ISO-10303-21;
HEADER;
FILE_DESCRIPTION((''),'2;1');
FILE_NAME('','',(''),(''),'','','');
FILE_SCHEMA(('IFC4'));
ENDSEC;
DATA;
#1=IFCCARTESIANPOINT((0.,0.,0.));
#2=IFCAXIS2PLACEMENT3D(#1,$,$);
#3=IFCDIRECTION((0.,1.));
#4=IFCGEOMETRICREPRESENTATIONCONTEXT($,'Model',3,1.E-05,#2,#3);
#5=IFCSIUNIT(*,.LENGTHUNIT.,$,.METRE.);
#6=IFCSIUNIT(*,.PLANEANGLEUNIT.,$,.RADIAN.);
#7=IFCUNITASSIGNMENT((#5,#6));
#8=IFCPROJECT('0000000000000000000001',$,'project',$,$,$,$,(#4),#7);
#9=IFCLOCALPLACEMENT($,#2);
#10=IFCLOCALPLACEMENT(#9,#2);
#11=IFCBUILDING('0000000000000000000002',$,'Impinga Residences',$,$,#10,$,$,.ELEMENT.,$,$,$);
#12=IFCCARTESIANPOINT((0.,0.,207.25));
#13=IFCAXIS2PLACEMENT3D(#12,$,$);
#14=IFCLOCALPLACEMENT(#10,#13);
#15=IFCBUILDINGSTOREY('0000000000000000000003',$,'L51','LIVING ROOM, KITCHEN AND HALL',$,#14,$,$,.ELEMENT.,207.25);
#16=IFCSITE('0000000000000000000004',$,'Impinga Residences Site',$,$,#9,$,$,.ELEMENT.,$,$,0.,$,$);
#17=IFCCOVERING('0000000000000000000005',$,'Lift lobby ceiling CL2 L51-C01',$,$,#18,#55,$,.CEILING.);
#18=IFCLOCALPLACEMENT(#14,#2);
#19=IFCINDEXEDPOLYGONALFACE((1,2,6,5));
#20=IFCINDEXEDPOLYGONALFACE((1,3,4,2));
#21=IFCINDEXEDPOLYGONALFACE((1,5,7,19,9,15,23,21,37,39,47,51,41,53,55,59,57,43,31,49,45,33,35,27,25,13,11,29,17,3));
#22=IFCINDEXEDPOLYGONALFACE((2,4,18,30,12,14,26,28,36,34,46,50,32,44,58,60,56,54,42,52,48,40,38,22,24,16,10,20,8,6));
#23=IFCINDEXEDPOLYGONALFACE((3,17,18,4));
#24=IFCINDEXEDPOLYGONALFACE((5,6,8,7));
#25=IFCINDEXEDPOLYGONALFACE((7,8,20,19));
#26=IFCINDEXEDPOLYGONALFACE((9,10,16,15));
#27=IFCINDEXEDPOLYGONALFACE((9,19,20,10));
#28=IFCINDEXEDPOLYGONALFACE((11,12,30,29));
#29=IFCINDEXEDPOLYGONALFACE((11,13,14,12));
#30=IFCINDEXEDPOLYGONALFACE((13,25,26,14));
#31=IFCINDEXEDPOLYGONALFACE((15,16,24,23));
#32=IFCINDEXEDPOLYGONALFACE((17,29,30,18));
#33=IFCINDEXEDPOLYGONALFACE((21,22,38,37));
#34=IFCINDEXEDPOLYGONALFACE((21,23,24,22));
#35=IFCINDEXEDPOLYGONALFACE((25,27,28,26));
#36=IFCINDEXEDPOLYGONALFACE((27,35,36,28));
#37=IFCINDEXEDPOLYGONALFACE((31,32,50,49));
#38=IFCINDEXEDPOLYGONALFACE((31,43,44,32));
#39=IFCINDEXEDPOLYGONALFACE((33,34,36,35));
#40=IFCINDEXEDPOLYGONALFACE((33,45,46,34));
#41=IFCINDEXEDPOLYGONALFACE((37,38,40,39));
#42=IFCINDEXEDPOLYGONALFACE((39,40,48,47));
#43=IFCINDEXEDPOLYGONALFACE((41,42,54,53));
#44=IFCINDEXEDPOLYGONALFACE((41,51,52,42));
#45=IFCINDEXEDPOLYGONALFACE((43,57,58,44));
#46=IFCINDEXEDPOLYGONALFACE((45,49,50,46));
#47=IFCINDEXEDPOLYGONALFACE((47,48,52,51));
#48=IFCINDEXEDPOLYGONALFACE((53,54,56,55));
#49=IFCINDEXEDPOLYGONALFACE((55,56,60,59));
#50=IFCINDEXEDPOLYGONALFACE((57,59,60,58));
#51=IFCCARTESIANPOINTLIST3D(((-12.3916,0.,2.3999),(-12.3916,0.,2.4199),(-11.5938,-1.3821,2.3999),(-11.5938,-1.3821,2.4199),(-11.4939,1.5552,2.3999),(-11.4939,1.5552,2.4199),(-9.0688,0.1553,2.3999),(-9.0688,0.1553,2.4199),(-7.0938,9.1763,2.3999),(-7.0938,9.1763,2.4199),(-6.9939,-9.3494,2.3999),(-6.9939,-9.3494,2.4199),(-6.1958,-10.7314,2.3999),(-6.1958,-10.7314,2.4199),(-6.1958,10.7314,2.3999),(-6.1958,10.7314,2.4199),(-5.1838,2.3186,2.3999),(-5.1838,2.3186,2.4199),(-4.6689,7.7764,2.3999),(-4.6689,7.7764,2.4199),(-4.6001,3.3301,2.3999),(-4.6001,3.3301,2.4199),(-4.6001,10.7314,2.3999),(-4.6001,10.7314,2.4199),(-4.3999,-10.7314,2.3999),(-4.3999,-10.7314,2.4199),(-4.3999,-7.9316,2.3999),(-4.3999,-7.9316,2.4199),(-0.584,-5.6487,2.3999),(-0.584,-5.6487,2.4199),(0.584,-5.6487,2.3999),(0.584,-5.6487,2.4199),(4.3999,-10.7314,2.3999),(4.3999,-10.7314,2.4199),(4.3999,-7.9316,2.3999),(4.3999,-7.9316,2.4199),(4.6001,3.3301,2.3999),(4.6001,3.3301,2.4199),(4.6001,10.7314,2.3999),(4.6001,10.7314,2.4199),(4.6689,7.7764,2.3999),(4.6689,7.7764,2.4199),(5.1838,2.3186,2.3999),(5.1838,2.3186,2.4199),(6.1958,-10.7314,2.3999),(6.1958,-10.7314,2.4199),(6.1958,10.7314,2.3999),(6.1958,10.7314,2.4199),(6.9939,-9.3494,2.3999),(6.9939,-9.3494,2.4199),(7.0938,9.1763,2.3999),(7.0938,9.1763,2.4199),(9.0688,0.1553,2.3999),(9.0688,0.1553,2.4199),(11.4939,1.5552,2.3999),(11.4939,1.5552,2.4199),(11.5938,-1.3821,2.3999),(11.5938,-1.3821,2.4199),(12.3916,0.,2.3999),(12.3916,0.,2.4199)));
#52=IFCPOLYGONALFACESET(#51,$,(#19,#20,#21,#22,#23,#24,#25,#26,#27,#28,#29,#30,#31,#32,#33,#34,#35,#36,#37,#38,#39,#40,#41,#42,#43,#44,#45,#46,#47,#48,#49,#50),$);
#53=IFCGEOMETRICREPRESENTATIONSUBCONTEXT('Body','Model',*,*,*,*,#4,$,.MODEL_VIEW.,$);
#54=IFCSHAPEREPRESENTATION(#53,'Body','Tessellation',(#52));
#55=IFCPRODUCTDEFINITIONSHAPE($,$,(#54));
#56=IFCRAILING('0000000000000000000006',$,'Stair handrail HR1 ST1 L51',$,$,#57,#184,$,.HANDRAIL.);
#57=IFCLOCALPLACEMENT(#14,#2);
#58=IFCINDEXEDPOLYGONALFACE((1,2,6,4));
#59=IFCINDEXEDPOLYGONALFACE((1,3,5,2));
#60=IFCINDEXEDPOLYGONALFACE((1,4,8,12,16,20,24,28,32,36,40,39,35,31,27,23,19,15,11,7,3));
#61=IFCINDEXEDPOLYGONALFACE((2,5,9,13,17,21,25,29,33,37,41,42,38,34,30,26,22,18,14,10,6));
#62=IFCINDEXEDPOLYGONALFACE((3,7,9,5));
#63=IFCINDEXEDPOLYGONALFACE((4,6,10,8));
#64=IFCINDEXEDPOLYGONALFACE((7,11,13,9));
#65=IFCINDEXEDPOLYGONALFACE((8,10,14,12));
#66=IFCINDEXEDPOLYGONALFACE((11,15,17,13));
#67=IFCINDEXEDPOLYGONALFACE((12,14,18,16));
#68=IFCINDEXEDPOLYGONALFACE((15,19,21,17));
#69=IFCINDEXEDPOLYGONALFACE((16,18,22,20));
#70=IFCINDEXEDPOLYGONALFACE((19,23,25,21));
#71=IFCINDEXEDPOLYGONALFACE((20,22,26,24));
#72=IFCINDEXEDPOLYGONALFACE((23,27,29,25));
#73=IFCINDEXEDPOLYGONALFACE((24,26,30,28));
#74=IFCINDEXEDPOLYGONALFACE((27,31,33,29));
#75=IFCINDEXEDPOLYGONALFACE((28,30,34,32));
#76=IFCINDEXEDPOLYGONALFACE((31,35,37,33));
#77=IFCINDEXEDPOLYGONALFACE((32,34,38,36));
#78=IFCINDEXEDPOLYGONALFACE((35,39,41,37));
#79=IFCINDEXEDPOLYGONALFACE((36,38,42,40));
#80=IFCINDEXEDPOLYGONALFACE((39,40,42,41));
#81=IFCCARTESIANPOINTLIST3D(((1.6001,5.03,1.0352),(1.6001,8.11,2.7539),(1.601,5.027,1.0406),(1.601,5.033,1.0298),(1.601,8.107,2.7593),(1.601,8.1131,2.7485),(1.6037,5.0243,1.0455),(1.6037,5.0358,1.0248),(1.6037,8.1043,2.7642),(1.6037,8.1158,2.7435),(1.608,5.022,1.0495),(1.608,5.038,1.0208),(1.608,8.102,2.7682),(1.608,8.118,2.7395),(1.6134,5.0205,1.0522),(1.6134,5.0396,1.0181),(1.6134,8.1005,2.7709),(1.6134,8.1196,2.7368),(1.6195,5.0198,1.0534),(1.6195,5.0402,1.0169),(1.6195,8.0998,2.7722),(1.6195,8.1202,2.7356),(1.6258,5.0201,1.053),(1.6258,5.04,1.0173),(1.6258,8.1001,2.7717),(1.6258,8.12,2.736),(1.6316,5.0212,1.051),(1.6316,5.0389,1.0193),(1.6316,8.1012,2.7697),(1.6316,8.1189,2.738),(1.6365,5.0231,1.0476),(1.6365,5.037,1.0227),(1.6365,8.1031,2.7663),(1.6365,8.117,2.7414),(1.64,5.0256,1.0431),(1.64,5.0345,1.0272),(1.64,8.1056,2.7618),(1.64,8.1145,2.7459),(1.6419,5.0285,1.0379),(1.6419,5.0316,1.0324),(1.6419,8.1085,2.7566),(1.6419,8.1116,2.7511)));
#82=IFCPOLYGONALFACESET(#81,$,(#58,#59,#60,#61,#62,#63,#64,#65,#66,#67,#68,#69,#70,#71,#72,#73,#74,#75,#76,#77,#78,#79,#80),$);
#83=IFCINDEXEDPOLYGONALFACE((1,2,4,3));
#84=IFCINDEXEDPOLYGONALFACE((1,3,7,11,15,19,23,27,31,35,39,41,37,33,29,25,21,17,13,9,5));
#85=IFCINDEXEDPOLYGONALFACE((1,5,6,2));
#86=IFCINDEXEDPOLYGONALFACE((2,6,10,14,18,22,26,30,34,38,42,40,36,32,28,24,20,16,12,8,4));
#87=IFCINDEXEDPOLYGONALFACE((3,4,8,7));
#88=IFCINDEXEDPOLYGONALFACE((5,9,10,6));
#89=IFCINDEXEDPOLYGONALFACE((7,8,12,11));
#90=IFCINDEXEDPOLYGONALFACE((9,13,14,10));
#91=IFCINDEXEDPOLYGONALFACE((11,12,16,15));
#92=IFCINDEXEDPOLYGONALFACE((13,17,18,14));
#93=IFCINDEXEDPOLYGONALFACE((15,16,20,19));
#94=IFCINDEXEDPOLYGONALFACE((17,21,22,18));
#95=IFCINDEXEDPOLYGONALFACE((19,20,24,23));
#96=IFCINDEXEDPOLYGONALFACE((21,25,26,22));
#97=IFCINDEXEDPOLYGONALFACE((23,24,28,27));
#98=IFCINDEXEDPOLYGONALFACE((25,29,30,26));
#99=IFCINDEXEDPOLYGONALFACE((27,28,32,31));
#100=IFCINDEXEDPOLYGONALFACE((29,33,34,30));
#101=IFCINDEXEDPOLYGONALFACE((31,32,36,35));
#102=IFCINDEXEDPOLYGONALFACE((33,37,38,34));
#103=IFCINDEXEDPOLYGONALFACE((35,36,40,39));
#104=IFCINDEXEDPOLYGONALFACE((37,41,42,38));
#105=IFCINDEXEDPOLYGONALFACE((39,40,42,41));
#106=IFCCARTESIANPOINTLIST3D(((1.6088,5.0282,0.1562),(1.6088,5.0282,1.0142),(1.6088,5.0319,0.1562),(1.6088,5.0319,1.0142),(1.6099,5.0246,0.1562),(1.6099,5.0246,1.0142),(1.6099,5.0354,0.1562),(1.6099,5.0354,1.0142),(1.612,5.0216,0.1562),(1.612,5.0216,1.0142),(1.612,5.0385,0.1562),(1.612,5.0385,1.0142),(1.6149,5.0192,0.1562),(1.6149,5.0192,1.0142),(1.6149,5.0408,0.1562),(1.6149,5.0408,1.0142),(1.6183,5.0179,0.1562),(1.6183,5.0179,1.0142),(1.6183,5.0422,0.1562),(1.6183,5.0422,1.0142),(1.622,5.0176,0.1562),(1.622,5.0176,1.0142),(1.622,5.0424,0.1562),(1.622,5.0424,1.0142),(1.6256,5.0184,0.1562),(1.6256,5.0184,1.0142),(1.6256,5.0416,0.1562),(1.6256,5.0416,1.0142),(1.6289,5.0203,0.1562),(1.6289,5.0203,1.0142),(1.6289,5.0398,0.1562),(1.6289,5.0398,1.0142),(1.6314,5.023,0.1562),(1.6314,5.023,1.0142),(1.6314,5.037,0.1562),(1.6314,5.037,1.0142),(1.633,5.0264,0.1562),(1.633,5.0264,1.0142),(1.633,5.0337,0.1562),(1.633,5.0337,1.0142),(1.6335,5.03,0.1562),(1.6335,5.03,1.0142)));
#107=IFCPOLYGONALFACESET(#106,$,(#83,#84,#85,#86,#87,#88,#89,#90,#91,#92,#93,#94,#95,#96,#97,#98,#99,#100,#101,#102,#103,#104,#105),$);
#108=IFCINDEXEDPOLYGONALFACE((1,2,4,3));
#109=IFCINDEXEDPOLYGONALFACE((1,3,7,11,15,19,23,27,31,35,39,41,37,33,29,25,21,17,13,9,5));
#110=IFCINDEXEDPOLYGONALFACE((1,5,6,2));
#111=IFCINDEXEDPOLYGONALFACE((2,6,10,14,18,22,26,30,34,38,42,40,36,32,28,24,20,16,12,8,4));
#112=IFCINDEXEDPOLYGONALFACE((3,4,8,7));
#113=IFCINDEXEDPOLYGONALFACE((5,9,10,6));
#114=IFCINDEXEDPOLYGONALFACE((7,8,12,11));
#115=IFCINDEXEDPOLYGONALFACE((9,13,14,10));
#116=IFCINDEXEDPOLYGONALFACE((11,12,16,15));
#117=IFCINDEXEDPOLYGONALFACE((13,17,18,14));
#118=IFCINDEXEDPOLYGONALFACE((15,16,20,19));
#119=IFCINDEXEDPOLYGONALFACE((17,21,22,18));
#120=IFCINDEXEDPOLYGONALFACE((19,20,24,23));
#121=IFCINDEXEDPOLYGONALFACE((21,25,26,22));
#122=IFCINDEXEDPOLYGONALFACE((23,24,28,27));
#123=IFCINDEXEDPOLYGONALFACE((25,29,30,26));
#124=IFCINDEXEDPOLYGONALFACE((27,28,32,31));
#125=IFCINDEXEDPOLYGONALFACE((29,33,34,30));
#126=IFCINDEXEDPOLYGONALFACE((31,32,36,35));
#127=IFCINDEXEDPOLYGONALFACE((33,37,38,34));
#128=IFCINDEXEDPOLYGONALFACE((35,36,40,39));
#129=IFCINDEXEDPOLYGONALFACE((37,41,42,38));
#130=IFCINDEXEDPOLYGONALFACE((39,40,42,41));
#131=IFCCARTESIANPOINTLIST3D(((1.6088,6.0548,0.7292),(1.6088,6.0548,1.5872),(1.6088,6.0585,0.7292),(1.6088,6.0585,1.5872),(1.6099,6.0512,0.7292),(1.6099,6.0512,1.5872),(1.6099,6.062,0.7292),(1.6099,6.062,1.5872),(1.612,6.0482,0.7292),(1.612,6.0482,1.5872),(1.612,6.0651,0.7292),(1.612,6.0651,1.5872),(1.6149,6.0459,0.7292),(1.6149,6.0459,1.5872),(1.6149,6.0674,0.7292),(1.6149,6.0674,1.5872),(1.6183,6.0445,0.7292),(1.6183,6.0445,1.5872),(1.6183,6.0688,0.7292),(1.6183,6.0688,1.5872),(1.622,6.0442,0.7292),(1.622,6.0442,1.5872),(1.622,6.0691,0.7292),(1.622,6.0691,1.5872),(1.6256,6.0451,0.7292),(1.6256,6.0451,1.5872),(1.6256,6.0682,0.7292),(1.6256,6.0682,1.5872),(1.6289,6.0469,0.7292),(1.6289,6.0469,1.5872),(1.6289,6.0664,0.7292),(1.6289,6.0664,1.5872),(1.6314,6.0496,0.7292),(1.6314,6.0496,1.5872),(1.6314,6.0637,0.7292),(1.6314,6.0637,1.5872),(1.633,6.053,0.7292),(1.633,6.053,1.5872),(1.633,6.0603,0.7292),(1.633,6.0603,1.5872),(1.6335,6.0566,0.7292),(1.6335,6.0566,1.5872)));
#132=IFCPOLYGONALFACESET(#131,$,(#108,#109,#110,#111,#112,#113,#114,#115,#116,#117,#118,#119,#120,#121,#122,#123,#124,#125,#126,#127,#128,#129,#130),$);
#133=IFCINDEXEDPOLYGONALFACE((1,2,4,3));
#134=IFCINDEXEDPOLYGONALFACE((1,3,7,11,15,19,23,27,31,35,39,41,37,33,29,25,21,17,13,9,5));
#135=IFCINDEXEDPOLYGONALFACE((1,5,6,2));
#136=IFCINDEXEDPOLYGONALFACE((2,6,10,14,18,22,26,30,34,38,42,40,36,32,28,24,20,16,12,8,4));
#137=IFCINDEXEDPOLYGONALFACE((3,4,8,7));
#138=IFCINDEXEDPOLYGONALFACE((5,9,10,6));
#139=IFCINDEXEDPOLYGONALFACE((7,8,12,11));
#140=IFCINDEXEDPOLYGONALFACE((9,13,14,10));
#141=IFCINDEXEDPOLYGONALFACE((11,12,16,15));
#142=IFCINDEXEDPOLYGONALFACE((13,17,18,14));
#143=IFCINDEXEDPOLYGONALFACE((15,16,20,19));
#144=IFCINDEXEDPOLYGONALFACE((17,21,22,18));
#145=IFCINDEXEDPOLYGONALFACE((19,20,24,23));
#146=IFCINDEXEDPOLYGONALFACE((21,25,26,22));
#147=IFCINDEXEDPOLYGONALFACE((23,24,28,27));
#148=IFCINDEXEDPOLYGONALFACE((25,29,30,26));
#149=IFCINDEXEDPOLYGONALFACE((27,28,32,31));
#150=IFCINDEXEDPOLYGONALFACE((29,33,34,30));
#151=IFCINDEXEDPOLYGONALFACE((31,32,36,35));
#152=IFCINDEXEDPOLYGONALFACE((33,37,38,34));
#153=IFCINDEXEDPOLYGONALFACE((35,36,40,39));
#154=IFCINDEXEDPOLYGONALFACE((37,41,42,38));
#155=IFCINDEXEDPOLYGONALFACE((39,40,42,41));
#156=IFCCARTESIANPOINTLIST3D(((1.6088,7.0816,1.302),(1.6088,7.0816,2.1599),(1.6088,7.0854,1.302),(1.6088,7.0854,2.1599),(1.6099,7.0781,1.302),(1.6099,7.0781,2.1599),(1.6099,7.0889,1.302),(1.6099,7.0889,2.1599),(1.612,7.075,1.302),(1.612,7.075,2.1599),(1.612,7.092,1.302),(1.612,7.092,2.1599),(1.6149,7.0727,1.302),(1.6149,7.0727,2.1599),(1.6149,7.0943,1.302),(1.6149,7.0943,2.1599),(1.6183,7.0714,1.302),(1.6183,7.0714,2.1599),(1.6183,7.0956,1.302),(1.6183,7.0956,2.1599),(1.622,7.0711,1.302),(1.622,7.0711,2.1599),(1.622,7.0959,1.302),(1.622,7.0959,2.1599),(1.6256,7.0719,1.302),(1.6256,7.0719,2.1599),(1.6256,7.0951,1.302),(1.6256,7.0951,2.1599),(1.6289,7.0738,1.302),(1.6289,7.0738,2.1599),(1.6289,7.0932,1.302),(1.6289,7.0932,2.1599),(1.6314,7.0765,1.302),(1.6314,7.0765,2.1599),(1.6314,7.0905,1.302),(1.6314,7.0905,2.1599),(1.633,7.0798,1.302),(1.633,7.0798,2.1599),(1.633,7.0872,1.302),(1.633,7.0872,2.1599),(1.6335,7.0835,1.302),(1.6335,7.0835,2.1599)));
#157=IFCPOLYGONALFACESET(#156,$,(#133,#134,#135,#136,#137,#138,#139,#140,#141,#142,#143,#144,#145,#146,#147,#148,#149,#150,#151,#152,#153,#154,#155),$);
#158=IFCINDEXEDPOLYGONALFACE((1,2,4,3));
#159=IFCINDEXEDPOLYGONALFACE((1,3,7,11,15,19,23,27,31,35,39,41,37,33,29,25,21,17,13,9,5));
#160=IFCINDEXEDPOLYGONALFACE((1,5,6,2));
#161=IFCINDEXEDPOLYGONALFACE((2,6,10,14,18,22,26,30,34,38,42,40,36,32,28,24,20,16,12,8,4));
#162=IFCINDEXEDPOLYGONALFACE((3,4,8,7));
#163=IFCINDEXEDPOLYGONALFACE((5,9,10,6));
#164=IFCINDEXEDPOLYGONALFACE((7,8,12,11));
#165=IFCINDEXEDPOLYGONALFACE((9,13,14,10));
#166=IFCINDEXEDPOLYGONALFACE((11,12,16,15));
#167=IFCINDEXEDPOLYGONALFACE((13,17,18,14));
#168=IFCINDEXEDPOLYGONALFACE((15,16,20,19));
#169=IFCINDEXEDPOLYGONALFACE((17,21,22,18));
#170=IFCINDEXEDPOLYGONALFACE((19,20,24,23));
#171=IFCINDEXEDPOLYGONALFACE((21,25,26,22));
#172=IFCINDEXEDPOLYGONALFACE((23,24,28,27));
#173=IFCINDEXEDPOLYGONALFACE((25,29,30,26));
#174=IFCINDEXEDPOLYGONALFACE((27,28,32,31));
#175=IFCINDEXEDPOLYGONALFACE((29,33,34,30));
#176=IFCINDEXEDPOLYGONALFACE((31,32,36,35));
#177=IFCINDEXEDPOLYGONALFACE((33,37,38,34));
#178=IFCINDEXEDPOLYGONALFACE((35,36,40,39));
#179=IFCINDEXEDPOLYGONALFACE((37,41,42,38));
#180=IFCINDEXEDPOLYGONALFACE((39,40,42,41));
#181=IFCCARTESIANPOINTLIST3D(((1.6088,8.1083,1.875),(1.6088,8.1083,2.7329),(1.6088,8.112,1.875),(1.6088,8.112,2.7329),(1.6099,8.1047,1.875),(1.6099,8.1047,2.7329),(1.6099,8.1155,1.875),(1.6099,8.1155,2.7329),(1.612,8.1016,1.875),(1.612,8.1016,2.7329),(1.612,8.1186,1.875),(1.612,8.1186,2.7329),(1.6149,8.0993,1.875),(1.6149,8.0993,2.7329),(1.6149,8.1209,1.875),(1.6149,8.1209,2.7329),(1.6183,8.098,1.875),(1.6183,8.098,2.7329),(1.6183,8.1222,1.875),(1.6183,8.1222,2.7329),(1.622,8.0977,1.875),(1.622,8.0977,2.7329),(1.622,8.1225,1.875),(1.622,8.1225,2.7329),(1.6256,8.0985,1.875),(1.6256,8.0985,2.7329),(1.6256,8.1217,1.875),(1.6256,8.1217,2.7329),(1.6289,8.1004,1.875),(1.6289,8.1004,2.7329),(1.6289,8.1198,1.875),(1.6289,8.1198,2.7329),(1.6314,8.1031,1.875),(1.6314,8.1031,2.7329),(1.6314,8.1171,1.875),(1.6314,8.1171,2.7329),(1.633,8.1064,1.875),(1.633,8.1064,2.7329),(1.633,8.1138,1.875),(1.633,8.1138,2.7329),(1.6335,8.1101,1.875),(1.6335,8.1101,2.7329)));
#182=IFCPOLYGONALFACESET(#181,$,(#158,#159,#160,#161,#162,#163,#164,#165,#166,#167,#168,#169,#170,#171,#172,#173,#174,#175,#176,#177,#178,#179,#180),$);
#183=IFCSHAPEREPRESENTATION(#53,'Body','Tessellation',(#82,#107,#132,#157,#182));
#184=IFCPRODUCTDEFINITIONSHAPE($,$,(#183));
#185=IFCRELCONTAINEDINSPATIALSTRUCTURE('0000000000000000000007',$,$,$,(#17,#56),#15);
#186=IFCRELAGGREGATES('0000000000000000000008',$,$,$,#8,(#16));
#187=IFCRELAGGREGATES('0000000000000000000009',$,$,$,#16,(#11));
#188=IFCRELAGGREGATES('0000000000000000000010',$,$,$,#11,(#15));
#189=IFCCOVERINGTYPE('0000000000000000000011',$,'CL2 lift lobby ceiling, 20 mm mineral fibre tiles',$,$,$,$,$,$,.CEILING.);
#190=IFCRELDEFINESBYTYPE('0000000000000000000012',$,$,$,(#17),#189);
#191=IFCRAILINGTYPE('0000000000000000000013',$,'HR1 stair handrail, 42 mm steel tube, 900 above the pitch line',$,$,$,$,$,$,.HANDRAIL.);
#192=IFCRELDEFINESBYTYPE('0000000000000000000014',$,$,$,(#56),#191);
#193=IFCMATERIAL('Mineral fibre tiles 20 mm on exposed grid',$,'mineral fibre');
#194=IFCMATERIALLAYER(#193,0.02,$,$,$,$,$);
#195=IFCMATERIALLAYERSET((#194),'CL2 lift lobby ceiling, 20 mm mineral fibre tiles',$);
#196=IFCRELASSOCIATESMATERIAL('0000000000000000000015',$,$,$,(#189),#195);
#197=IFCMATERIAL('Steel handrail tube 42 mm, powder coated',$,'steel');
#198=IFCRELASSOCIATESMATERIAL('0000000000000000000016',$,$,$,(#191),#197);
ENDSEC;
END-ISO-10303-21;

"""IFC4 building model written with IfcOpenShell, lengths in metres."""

from ifc_helpers import new_model, si_unit, direction, frame, origin, origin_2d, place, context, subcontext, project, spatial, polyline, circle, outline, extrude, material, layer, layer_set, type_object, element, save


model = new_model("IFC4")

# Units and contexts
model_context = context("Model", 3, precision=1e-05, world=origin(), true_north=direction((0.0, 1.0)))
body_context = subcontext(model_context, "Body", "Model", "MODEL_VIEW")
ifc_project = project(units=[si_unit("LENGTHUNIT", "METRE"), si_unit("PLANEANGLEUNIT", "RADIAN")], contexts=[model_context])

# Site, building, storey
site_placement = place(None, origin())
site = spatial("IfcSite", under=ifc_project, at=site_placement, Name="Impinga Residences Site", CompositionType="ELEMENT", RefElevation=0.0)
building_placement = place(site_placement, origin())
building = spatial("IfcBuilding", under=site, at=building_placement, Name="Impinga Residences", CompositionType="ELEMENT")
storey_placement = place(building_placement, frame((0.0, 0.0, 207.25)))
storey = spatial("IfcBuildingStorey", under=building, at=storey_placement, Name="L51", Description="LIVING ROOM, KITCHEN AND HALL", CompositionType="ELEMENT", Elevation=207.25)

# Covering
ifc_material_1 = material(Name="Mineral fibre tiles 20 mm on exposed grid", Category="mineral fibre")
ifc_layer_1 = layer(ifc_material_1, 0.02)
ifc_layer_set_1 = layer_set([ifc_layer_1], Name="CL2 lift lobby ceiling, 20 mm mineral fibre tiles")
covering_type_1 = type_object("IfcCoveringType", Name="CL2 lift lobby ceiling, 20 mm mineral fibre tiles", PredefinedType="CEILING", material=ifc_layer_set_1)
covering_1_placement = place(storey_placement, frame((0.0, 0.0, 2.3999)))
element("IfcCovering", 1, at=covering_1_placement, inside=storey, type_object=covering_type_1, Name="Lift lobby ceiling CL2 L51-C01", PredefinedType="CEILING", context=body_context, shape_type="SweptSolid", body=[
    extrude(outline(polyline([(12.3916, 0.0), (11.5938, -1.3821), (5.1838, 2.3186), (0.584, -5.6487), (6.9939, -9.3494), (6.1958, -10.7314), (4.3999, -10.7314), (4.3999, -7.9316), (-4.3999, -7.9316), (-4.3999, -10.7314), (-6.1958, -10.7314), (-6.9939, -9.3494), (-0.584, -5.6487), (-5.1838, 2.3186), (-11.5938, -1.3821), (-12.3916, 0.0), (-11.4939, 1.5552), (-9.0688, 0.1553), (-4.6689, 7.7764), (-7.0938, 9.1763), (-6.1958, 10.7314), (-4.6001, 10.7314), (-4.6001, 3.3301), (4.6001, 3.3301), (4.6001, 10.7314), (6.1958, 10.7314), (7.0938, 9.1763), (4.6689, 7.7764), (9.0688, 0.1553), (11.4939, 1.5552), (12.3916, 0.0)])), origin(), (0.0, 0.0, 1.0), 0.02),
])

# Railing
ifc_material_2 = material(Name="Steel handrail tube 42 mm, powder coated", Category="steel")
railing_type = type_object("IfcRailingType", Name="HR1 stair handrail, 42 mm steel tube, 900 above the pitch line", PredefinedType="HANDRAIL", material=ifc_material_2)
railing_1_placement = place(storey_placement, frame((1.6211, 5.03, 0.1562)))
element("IfcRailing", 2, at=railing_1_placement, inside=storey, type_object=railing_type, Name="Stair handrail HR1 ST1 L51", PredefinedType="HANDRAIL", context=body_context, shape_type="SweptSolid", body=[
    extrude(circle(Radius=0.021, at=origin_2d()), frame((0.0, 0.0, 0.8789), z_axis=(0.0, 0.873242, 0.487288), x_axis=(-1.0, 0.0, 0.0)), (0.0, 0.0, 1.0), 3.5271),
    extrude(circle(Radius=0.0125, at=origin_2d()), origin(), (0.0, 0.0, 1.0), 0.8579),
    extrude(circle(Radius=0.0125, at=origin_2d()), frame((0.0, 1.0266, 0.573)), (0.0, 0.0, 1.0), 0.8579),
    extrude(circle(Radius=0.0125, at=origin_2d()), frame((0.0, 2.0535, 1.1458)), (0.0, 0.0, 1.0), 0.8579),
    extrude(circle(Radius=0.0125, at=origin_2d()), frame((0.0, 3.0801, 1.7188)), (0.0, 0.0, 1.0), 0.8579),
])

save(model, "model.ifc")
